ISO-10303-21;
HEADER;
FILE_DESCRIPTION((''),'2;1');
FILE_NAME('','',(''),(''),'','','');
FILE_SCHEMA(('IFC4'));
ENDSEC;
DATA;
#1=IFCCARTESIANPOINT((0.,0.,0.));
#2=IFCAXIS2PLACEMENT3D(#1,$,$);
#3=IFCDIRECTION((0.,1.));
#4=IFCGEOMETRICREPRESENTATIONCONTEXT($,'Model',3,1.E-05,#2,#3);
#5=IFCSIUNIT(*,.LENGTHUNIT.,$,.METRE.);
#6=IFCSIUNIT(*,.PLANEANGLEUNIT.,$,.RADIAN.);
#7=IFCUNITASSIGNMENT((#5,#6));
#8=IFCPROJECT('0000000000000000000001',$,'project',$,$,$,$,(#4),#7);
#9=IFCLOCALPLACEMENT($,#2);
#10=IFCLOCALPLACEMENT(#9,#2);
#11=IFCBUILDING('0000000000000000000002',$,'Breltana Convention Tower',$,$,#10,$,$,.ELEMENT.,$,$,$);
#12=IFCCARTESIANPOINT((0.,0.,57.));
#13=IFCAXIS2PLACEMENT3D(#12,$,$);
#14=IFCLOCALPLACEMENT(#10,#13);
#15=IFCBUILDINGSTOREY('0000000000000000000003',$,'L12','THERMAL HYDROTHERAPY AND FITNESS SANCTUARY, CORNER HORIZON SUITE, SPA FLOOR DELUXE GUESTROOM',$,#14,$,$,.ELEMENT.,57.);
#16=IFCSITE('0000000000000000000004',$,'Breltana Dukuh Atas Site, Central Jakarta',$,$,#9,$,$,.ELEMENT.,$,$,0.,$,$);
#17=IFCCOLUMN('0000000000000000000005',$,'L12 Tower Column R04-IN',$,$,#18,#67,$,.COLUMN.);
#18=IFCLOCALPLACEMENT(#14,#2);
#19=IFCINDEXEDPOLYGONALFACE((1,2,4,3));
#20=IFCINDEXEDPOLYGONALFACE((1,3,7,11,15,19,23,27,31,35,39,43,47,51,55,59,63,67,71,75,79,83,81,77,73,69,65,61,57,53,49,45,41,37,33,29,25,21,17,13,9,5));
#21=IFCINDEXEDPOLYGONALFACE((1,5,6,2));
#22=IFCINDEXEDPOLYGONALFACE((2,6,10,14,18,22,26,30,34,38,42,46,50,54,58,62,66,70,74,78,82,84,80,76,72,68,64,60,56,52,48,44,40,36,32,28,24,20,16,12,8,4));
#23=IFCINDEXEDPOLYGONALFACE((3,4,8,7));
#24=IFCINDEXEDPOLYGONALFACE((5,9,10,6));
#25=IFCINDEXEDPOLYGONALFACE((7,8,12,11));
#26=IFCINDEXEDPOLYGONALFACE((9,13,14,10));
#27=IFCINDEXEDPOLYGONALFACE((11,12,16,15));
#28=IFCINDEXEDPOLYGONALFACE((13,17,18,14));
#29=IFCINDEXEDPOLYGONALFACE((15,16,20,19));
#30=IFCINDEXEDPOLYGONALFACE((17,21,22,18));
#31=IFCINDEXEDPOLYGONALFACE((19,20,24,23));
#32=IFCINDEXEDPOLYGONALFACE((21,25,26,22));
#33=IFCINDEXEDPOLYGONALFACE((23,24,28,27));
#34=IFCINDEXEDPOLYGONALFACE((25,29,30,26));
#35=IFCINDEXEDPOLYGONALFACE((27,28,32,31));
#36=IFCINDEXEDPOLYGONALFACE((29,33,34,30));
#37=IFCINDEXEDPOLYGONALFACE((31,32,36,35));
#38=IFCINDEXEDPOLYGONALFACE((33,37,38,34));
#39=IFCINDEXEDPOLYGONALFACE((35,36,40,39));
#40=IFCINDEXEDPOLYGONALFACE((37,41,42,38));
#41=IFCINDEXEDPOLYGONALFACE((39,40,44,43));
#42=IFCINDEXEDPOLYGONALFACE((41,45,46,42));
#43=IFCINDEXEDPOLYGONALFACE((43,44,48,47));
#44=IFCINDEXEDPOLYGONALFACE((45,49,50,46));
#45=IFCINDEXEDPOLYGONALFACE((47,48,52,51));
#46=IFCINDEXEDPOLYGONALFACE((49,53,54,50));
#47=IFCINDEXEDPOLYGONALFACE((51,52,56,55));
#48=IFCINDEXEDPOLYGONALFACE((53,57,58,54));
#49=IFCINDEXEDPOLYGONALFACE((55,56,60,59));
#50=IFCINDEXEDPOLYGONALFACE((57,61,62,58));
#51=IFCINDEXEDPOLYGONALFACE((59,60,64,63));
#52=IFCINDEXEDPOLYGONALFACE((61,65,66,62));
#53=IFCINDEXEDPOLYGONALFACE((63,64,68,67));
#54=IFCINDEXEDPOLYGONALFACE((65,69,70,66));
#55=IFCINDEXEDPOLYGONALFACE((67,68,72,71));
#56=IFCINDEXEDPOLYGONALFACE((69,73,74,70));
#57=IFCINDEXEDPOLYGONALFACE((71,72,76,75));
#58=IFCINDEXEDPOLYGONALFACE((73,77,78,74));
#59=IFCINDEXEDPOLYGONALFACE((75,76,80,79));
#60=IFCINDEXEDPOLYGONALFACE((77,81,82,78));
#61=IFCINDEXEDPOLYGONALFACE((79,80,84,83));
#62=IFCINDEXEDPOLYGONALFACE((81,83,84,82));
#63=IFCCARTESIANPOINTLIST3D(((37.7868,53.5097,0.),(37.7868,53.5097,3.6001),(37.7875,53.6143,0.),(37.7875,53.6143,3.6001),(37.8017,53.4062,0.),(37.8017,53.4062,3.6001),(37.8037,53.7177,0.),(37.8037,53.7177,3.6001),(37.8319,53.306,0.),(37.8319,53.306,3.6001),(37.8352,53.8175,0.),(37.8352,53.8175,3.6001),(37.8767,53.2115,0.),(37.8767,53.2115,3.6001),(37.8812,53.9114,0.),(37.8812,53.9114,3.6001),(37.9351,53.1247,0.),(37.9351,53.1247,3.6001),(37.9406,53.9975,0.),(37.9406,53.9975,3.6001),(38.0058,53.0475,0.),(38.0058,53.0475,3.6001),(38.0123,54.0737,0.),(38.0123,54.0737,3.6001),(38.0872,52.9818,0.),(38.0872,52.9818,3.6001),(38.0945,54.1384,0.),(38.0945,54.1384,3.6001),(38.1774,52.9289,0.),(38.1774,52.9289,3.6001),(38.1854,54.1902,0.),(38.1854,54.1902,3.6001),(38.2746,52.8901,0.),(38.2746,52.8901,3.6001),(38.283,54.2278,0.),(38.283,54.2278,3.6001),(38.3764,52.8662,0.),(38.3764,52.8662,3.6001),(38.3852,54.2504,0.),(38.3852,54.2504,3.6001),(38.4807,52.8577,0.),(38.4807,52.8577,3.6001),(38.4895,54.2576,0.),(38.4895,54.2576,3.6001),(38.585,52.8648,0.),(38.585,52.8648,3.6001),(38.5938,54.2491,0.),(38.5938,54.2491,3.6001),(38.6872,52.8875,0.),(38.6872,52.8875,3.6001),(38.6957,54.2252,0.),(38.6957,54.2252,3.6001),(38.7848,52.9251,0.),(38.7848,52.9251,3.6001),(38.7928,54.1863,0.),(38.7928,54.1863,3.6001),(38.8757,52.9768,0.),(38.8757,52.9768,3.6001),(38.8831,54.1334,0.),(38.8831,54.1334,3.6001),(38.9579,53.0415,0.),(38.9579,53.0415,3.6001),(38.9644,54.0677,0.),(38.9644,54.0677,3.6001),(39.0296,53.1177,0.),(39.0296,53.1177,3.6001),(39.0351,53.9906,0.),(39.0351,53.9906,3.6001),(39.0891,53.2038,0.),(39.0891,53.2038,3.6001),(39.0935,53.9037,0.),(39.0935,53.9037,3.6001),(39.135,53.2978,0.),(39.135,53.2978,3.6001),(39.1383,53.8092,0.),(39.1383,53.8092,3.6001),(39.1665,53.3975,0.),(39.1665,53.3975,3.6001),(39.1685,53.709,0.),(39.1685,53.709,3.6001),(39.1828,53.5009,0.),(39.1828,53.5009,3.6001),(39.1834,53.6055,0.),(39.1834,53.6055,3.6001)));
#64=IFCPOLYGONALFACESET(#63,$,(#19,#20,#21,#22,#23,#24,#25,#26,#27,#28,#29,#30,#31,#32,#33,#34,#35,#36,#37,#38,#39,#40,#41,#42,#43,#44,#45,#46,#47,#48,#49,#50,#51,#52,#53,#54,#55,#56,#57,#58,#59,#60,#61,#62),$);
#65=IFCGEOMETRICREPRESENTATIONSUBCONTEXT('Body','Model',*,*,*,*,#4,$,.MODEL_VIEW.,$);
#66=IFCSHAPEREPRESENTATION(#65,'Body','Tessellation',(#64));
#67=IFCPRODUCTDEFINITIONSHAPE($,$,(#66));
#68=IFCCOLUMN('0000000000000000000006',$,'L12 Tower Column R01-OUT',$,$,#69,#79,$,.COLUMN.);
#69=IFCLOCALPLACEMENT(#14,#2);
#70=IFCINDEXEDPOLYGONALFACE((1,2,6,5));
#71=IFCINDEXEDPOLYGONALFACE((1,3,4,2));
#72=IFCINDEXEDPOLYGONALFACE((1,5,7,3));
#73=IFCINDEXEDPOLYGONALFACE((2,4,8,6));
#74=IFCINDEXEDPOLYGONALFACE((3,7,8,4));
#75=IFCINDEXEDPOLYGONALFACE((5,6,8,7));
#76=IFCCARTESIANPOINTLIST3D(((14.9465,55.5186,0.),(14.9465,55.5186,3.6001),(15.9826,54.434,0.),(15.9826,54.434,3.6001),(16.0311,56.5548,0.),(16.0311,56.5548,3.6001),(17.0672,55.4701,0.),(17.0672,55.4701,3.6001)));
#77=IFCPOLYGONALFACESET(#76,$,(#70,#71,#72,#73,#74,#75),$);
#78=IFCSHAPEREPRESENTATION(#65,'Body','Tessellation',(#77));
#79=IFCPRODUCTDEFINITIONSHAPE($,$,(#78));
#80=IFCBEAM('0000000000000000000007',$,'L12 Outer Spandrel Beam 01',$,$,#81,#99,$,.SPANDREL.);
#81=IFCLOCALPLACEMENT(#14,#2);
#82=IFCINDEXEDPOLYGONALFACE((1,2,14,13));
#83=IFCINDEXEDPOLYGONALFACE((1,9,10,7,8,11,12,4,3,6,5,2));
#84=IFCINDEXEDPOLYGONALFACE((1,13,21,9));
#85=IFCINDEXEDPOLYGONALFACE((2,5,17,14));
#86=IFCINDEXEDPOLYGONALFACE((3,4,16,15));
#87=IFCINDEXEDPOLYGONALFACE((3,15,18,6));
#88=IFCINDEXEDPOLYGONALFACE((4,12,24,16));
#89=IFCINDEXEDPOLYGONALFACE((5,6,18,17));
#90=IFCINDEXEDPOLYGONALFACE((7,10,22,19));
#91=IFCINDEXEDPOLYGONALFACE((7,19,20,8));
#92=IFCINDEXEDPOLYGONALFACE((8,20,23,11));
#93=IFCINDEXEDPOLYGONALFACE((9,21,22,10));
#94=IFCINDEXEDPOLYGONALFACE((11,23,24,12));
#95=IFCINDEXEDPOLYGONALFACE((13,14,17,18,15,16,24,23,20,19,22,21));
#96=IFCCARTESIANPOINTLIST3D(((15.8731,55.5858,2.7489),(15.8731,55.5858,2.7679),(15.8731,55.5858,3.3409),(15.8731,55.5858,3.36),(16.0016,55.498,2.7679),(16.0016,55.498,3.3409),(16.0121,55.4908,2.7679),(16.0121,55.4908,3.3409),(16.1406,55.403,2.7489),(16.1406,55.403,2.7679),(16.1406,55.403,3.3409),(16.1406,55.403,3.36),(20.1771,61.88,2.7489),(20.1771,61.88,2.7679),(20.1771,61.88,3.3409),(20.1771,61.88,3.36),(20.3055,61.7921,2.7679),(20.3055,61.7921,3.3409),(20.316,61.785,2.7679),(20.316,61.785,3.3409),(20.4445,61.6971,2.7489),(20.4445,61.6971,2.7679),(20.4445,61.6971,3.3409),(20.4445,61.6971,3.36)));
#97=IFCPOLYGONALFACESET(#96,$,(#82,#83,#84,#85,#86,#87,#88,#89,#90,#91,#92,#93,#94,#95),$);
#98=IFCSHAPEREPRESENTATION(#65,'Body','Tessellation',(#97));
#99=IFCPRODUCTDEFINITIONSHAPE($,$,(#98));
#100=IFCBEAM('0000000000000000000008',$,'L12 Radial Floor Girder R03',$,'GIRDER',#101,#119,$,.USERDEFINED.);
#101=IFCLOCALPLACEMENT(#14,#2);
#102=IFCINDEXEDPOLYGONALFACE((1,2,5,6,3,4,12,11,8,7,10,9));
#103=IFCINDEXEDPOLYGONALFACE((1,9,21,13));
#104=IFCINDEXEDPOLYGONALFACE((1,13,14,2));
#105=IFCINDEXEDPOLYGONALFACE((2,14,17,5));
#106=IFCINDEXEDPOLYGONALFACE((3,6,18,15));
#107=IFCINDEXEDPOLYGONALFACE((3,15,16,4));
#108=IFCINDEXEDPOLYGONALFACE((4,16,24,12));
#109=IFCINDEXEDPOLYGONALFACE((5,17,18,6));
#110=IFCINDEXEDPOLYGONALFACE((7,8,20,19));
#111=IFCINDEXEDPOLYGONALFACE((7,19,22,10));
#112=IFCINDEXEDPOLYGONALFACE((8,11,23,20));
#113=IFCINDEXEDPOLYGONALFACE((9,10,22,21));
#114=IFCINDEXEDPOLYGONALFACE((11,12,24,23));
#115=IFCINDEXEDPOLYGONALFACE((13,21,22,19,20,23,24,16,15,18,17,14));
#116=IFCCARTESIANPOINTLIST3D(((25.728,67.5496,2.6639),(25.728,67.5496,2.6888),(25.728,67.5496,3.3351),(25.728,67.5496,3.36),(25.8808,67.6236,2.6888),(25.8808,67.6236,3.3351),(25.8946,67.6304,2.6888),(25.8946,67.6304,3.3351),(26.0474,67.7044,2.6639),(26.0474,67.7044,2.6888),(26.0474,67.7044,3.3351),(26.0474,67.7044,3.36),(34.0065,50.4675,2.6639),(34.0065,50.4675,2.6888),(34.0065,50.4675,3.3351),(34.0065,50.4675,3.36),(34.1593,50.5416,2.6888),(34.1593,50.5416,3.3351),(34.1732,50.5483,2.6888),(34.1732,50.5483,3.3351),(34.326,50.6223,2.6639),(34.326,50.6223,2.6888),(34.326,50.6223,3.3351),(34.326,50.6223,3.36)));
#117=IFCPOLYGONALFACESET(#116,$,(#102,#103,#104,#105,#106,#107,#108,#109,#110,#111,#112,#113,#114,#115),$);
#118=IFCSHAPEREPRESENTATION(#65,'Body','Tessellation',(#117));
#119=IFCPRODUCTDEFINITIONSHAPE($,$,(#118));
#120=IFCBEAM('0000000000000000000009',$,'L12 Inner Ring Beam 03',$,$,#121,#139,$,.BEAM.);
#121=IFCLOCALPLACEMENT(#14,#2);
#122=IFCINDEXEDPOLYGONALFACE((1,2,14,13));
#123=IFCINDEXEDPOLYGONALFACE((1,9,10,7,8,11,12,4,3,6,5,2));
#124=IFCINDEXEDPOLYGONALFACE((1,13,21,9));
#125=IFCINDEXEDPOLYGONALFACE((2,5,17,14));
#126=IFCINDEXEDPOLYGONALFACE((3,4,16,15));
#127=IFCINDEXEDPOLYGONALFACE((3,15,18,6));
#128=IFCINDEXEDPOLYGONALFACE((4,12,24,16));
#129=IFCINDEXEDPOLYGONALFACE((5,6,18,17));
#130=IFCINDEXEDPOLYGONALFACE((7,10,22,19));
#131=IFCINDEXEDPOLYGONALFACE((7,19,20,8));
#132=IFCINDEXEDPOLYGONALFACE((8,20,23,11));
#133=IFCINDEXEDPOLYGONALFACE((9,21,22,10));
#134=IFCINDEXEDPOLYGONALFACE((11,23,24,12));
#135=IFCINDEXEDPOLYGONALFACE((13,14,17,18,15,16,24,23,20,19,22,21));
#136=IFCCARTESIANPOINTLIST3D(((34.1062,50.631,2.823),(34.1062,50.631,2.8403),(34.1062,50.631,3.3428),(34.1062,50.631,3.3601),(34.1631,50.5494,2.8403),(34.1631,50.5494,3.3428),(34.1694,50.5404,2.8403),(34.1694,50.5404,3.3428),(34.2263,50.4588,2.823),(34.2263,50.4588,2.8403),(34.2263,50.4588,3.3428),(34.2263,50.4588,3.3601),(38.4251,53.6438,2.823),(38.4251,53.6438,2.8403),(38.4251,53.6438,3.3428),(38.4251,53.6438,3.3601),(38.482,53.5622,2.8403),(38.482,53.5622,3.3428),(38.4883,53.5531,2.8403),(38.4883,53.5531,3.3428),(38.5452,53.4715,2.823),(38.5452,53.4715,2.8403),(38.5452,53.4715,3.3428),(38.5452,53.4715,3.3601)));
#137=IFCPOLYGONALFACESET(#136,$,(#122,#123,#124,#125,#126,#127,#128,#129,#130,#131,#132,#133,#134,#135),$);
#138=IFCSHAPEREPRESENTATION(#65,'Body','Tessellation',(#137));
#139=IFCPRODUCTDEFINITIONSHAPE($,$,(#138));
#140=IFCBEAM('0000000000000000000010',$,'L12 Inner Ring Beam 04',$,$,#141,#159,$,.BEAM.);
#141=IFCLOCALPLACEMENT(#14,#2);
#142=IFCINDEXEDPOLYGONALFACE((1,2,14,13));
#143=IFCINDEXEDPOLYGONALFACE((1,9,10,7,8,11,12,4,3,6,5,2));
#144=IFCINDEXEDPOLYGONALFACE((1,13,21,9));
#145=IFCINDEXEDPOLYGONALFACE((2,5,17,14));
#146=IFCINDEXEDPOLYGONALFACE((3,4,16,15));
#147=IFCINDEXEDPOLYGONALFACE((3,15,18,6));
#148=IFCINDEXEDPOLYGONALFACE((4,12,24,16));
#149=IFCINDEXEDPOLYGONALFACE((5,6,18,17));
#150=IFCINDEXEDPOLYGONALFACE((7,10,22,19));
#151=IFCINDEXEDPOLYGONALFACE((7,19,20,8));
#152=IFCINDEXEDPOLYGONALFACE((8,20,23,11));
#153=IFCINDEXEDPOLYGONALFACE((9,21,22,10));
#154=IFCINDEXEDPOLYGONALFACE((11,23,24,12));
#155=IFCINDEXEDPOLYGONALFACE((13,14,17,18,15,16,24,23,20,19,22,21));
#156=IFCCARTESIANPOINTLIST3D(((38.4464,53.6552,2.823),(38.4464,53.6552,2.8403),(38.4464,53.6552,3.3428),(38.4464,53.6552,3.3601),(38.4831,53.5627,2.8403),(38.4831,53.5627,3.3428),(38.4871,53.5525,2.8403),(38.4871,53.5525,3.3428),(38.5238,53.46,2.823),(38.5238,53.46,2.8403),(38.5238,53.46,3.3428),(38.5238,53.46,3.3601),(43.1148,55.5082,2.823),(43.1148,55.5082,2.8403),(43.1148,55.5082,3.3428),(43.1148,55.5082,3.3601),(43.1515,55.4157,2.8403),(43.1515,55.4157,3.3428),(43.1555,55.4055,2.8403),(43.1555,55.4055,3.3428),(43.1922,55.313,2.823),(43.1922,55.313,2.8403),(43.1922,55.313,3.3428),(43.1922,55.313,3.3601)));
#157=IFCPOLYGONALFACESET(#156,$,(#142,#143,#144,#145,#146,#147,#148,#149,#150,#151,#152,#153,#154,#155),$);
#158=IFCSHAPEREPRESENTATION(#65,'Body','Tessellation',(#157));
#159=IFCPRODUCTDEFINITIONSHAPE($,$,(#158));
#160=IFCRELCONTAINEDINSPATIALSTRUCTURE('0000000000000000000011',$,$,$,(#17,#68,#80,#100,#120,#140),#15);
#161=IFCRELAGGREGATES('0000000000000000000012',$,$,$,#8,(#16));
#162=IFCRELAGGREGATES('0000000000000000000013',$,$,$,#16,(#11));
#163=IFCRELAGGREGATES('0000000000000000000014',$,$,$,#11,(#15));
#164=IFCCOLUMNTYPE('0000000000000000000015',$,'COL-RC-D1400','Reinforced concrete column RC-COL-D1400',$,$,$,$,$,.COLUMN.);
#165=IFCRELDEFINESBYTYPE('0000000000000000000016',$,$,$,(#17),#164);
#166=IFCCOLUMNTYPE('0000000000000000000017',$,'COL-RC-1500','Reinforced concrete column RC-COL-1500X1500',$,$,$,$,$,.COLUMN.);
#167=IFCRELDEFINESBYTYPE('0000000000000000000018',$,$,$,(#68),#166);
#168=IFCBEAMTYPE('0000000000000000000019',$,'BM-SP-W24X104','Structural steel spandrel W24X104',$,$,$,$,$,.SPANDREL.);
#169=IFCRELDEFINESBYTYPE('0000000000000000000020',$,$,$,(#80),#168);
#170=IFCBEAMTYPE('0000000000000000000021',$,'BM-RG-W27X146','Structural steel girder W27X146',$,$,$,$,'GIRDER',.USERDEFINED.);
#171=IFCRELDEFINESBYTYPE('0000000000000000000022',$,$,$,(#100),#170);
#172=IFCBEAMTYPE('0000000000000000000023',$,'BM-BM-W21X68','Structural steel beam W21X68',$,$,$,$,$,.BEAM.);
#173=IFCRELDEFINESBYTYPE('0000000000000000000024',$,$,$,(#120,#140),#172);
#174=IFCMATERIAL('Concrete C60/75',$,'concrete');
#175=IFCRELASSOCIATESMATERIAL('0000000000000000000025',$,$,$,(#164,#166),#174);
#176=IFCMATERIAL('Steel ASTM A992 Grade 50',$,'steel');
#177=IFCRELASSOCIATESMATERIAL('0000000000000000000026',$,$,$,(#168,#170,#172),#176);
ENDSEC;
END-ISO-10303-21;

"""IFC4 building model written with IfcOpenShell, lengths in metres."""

from ifc_helpers import new_model, si_unit, direction, frame, origin, origin_2d, place, context, subcontext, project, spatial, rectangle, circle, i_section, extrude, source, transform, mapped, material, material_profile, profile_set, type_object, type_shapes, element, save


model = new_model("IFC4")

# Units and contexts
model_context = context("Model", 3, precision=1e-05, world=origin(), true_north=direction((0.0, 1.0)))
body_context = subcontext(model_context, "Body", "Model", "MODEL_VIEW")
ifc_project = project(units=[si_unit("LENGTHUNIT", "METRE"), si_unit("PLANEANGLEUNIT", "RADIAN")], contexts=[model_context])

# Site, building, storey
site_placement = place(None, origin())
site = spatial("IfcSite", under=ifc_project, at=site_placement, Name="Breltana Dukuh Atas Site, Central Jakarta", CompositionType="ELEMENT", RefElevation=0.0)
building_placement = place(site_placement, origin())
building = spatial("IfcBuilding", under=site, at=building_placement, Name="Breltana Convention Tower", CompositionType="ELEMENT")
storey_placement = place(building_placement, frame((0.0, 0.0, 57.0)))
storey = spatial("IfcBuildingStorey", under=building, at=storey_placement, Name="L12", Description="THERMAL HYDROTHERAPY AND FITNESS SANCTUARY, CORNER HORIZON SUITE, SPA FLOOR DELUXE GUESTROOM", CompositionType="ELEMENT", Elevation=57.0)

# Columns
ifc_material_1 = material(Name="Concrete C60/75", Category="concrete")
ifc_material_profile_1 = material_profile(ifc_material_1, circle(Radius=0.7, at=origin_2d()), Name="RC-COL-D1400")
ifc_profile_set_1 = profile_set([ifc_material_profile_1], Name="Concrete C60/75")
column_type_1 = type_object("IfcColumnType", Name="COL-RC-D1400", Description="Reinforced concrete column RC-COL-D1400", PredefinedType="COLUMN", material=ifc_profile_set_1)
shared_shape_1 = source(origin(), body_context, "Body", "SweptSolid", [
    extrude(circle(Radius=0.7, at=origin_2d()), origin(), (0.0, 0.0, 1.0), 3.6001),
])
for number, where, z_axis, x_axis, name in (
    (1, (38.4851, 53.5576, 0.0), (0.0, 0.0, 1.0), (-0.288698, 0.95742, 0.0), "L12 Tower Column R04-IN"),
):
    element("IfcColumn", number, at=place(storey_placement, frame(where, z_axis=z_axis, x_axis=x_axis)), inside=storey, type_object=column_type_1, Name=name, PredefinedType="COLUMN", context=body_context, shape_type="MappedRepresentation", body=[
        mapped(shared_shape_1, transform((0.0, 0.0, 0.0), scale=1.0)),
    ])
ifc_material_profile_2 = material_profile(ifc_material_1, rectangle(XDim=1.5, YDim=1.5, at=origin_2d()), Name="RC-COL-1500X1500")
ifc_profile_set_2 = profile_set([ifc_material_profile_2], Name="Concrete C60/75")
column_type_2 = type_object("IfcColumnType", Name="COL-RC-1500", Description="Reinforced concrete column RC-COL-1500X1500", PredefinedType="COLUMN", material=ifc_profile_set_2)
shared_shape_2 = source(origin(), body_context, "Body", "SweptSolid", [
    extrude(rectangle(XDim=1.5, YDim=1.5, at=origin_2d()), origin(), (0.0, 0.0, 1.0), 3.6001),
])
column_placement = place(storey_placement, frame((16.0068, 55.4944, 0.0), z_axis=(0.0, 0.0, 1.0), x_axis=(-0.690756, 0.723088, 0.0)))
element("IfcColumn", 2, at=column_placement, inside=storey, type_object=column_type_2, Name="L12 Tower Column R01-OUT", PredefinedType="COLUMN", context=body_context, shape_type="MappedRepresentation", body=[
    mapped(shared_shape_2, transform((0.0, 0.0, 0.0), scale=1.0)),
])

# Beams
ifc_material_2 = material(Name="Steel ASTM A992 Grade 50", Category="steel")
ifc_material_profile_3 = material_profile(ifc_material_2, i_section(OverallWidth=0.324, OverallDepth=0.6111, WebThickness=0.0127, FlangeThickness=0.019, at=origin_2d()), Name="W24X104")
ifc_profile_set_3 = profile_set([ifc_material_profile_3], Name="Steel ASTM A992 Grade 50")
beam_type_1 = type_object("IfcBeamType", Name="BM-SP-W24X104", Description="Structural steel spandrel W24X104", PredefinedType="SPANDREL", material=ifc_profile_set_3)
shared_shape_3 = source(origin(), body_context, "Body", "SweptSolid", [
    extrude(i_section(OverallWidth=0.324, OverallDepth=0.6111, WebThickness=0.0127, FlangeThickness=0.019, at=origin_2d()), origin(), (0.0, 0.0, 1.0), 7.625),
])
type_shapes(beam_type_1, [shared_shape_3])
beam_1_placement = place(storey_placement, frame((16.0068, 55.4944, 3.0544), z_axis=(0.564452, 0.825466, 0.0), x_axis=(-0.825466, 0.564452, 0.0)))
element("IfcBeam", 3, at=beam_1_placement, inside=storey, type_object=beam_type_1, Name="L12 Outer Spandrel Beam 01", PredefinedType="SPANDREL", context=body_context, shape_type="MappedRepresentation", body=[
    mapped(shared_shape_3, transform((0.0, 0.0, 0.0), scale=1.0)),
])
ifc_material_profile_4 = material_profile(ifc_material_2, i_section(OverallWidth=0.355, OverallDepth=0.696, WebThickness=0.0154, FlangeThickness=0.0249, at=origin_2d()), Name="W27X146")
ifc_profile_set_4 = profile_set([ifc_material_profile_4], Name="Steel ASTM A992 Grade 50")
beam_type_2 = type_object("IfcBeamType", Name="BM-RG-W27X146", Description="Structural steel girder W27X146", ElementType="GIRDER", PredefinedType="USERDEFINED", material=ifc_profile_set_4)
shared_shape_4 = source(origin(), body_context, "Body", "SweptSolid", [
    extrude(i_section(OverallWidth=0.355, OverallDepth=0.696, WebThickness=0.0154, FlangeThickness=0.0249, at=origin_2d()), origin(), (0.0, 0.0, 1.0), 18.9824),
])
beam_2_placement = place(storey_placement, frame((34.1663, 50.5449, 3.012), z_axis=(-0.436119, 0.899889, 0.0), x_axis=(-0.899889, -0.436119, 0.0)))
element("IfcBeam", 4, at=beam_2_placement, inside=storey, type_object=beam_type_2, Name="L12 Radial Floor Girder R03", ObjectType="GIRDER", PredefinedType="USERDEFINED", context=body_context, shape_type="MappedRepresentation", body=[
    mapped(shared_shape_4, transform((0.0, 0.0, 0.0), scale=1.0)),
])
ifc_material_profile_5 = material_profile(ifc_material_2, i_section(OverallWidth=0.21, OverallDepth=0.5371, WebThickness=0.011, FlangeThickness=0.0173, at=origin_2d()), Name="W21X68")
ifc_profile_set_5 = profile_set([ifc_material_profile_5], Name="Steel ASTM A992 Grade 50")
beam_type_3 = type_object("IfcBeamType", Name="BM-BM-W21X68", Description="Structural steel beam W21X68", PredefinedType="BEAM", material=ifc_profile_set_5)
shared_shape_5 = source(origin(), body_context, "Body", "SweptSolid", [
    extrude(i_section(OverallWidth=0.21, OverallDepth=0.5371, WebThickness=0.011, FlangeThickness=0.0173, at=origin_2d()), origin(), (0.0, 0.0, 1.0), 5.2659),
])
beam_3_placement = place(storey_placement, frame((34.1663, 50.5449, 3.0916), z_axis=(0.820167, 0.572124, 0.0), x_axis=(-0.572124, 0.820167, 0.0)))
element("IfcBeam", 5, at=beam_3_placement, inside=storey, type_object=beam_type_3, Name="L12 Inner Ring Beam 03", PredefinedType="BEAM", context=body_context, shape_type="MappedRepresentation", body=[
    mapped(shared_shape_5, transform((0.0, 0.0, 0.0), scale=1.0)),
])
shared_shape_6 = source(origin(), body_context, "Body", "SweptSolid", [
    extrude(i_section(OverallWidth=0.21, OverallDepth=0.5371, WebThickness=0.011, FlangeThickness=0.0173, at=origin_2d()), origin(), (0.0, 0.0, 1.0), 5.0227),
])
beam_4_placement = place(storey_placement, frame((38.4851, 53.5576, 3.0916), z_axis=(0.929459, 0.368926, 0.0), x_axis=(-0.368926, 0.929459, 0.0)))
element("IfcBeam", 6, at=beam_4_placement, inside=storey, type_object=beam_type_3, Name="L12 Inner Ring Beam 04", PredefinedType="BEAM", context=body_context, shape_type="MappedRepresentation", body=[
    mapped(shared_shape_6, transform((0.0, 0.0, 0.0), scale=1.0)),
])

save(model, "model.ifc")
